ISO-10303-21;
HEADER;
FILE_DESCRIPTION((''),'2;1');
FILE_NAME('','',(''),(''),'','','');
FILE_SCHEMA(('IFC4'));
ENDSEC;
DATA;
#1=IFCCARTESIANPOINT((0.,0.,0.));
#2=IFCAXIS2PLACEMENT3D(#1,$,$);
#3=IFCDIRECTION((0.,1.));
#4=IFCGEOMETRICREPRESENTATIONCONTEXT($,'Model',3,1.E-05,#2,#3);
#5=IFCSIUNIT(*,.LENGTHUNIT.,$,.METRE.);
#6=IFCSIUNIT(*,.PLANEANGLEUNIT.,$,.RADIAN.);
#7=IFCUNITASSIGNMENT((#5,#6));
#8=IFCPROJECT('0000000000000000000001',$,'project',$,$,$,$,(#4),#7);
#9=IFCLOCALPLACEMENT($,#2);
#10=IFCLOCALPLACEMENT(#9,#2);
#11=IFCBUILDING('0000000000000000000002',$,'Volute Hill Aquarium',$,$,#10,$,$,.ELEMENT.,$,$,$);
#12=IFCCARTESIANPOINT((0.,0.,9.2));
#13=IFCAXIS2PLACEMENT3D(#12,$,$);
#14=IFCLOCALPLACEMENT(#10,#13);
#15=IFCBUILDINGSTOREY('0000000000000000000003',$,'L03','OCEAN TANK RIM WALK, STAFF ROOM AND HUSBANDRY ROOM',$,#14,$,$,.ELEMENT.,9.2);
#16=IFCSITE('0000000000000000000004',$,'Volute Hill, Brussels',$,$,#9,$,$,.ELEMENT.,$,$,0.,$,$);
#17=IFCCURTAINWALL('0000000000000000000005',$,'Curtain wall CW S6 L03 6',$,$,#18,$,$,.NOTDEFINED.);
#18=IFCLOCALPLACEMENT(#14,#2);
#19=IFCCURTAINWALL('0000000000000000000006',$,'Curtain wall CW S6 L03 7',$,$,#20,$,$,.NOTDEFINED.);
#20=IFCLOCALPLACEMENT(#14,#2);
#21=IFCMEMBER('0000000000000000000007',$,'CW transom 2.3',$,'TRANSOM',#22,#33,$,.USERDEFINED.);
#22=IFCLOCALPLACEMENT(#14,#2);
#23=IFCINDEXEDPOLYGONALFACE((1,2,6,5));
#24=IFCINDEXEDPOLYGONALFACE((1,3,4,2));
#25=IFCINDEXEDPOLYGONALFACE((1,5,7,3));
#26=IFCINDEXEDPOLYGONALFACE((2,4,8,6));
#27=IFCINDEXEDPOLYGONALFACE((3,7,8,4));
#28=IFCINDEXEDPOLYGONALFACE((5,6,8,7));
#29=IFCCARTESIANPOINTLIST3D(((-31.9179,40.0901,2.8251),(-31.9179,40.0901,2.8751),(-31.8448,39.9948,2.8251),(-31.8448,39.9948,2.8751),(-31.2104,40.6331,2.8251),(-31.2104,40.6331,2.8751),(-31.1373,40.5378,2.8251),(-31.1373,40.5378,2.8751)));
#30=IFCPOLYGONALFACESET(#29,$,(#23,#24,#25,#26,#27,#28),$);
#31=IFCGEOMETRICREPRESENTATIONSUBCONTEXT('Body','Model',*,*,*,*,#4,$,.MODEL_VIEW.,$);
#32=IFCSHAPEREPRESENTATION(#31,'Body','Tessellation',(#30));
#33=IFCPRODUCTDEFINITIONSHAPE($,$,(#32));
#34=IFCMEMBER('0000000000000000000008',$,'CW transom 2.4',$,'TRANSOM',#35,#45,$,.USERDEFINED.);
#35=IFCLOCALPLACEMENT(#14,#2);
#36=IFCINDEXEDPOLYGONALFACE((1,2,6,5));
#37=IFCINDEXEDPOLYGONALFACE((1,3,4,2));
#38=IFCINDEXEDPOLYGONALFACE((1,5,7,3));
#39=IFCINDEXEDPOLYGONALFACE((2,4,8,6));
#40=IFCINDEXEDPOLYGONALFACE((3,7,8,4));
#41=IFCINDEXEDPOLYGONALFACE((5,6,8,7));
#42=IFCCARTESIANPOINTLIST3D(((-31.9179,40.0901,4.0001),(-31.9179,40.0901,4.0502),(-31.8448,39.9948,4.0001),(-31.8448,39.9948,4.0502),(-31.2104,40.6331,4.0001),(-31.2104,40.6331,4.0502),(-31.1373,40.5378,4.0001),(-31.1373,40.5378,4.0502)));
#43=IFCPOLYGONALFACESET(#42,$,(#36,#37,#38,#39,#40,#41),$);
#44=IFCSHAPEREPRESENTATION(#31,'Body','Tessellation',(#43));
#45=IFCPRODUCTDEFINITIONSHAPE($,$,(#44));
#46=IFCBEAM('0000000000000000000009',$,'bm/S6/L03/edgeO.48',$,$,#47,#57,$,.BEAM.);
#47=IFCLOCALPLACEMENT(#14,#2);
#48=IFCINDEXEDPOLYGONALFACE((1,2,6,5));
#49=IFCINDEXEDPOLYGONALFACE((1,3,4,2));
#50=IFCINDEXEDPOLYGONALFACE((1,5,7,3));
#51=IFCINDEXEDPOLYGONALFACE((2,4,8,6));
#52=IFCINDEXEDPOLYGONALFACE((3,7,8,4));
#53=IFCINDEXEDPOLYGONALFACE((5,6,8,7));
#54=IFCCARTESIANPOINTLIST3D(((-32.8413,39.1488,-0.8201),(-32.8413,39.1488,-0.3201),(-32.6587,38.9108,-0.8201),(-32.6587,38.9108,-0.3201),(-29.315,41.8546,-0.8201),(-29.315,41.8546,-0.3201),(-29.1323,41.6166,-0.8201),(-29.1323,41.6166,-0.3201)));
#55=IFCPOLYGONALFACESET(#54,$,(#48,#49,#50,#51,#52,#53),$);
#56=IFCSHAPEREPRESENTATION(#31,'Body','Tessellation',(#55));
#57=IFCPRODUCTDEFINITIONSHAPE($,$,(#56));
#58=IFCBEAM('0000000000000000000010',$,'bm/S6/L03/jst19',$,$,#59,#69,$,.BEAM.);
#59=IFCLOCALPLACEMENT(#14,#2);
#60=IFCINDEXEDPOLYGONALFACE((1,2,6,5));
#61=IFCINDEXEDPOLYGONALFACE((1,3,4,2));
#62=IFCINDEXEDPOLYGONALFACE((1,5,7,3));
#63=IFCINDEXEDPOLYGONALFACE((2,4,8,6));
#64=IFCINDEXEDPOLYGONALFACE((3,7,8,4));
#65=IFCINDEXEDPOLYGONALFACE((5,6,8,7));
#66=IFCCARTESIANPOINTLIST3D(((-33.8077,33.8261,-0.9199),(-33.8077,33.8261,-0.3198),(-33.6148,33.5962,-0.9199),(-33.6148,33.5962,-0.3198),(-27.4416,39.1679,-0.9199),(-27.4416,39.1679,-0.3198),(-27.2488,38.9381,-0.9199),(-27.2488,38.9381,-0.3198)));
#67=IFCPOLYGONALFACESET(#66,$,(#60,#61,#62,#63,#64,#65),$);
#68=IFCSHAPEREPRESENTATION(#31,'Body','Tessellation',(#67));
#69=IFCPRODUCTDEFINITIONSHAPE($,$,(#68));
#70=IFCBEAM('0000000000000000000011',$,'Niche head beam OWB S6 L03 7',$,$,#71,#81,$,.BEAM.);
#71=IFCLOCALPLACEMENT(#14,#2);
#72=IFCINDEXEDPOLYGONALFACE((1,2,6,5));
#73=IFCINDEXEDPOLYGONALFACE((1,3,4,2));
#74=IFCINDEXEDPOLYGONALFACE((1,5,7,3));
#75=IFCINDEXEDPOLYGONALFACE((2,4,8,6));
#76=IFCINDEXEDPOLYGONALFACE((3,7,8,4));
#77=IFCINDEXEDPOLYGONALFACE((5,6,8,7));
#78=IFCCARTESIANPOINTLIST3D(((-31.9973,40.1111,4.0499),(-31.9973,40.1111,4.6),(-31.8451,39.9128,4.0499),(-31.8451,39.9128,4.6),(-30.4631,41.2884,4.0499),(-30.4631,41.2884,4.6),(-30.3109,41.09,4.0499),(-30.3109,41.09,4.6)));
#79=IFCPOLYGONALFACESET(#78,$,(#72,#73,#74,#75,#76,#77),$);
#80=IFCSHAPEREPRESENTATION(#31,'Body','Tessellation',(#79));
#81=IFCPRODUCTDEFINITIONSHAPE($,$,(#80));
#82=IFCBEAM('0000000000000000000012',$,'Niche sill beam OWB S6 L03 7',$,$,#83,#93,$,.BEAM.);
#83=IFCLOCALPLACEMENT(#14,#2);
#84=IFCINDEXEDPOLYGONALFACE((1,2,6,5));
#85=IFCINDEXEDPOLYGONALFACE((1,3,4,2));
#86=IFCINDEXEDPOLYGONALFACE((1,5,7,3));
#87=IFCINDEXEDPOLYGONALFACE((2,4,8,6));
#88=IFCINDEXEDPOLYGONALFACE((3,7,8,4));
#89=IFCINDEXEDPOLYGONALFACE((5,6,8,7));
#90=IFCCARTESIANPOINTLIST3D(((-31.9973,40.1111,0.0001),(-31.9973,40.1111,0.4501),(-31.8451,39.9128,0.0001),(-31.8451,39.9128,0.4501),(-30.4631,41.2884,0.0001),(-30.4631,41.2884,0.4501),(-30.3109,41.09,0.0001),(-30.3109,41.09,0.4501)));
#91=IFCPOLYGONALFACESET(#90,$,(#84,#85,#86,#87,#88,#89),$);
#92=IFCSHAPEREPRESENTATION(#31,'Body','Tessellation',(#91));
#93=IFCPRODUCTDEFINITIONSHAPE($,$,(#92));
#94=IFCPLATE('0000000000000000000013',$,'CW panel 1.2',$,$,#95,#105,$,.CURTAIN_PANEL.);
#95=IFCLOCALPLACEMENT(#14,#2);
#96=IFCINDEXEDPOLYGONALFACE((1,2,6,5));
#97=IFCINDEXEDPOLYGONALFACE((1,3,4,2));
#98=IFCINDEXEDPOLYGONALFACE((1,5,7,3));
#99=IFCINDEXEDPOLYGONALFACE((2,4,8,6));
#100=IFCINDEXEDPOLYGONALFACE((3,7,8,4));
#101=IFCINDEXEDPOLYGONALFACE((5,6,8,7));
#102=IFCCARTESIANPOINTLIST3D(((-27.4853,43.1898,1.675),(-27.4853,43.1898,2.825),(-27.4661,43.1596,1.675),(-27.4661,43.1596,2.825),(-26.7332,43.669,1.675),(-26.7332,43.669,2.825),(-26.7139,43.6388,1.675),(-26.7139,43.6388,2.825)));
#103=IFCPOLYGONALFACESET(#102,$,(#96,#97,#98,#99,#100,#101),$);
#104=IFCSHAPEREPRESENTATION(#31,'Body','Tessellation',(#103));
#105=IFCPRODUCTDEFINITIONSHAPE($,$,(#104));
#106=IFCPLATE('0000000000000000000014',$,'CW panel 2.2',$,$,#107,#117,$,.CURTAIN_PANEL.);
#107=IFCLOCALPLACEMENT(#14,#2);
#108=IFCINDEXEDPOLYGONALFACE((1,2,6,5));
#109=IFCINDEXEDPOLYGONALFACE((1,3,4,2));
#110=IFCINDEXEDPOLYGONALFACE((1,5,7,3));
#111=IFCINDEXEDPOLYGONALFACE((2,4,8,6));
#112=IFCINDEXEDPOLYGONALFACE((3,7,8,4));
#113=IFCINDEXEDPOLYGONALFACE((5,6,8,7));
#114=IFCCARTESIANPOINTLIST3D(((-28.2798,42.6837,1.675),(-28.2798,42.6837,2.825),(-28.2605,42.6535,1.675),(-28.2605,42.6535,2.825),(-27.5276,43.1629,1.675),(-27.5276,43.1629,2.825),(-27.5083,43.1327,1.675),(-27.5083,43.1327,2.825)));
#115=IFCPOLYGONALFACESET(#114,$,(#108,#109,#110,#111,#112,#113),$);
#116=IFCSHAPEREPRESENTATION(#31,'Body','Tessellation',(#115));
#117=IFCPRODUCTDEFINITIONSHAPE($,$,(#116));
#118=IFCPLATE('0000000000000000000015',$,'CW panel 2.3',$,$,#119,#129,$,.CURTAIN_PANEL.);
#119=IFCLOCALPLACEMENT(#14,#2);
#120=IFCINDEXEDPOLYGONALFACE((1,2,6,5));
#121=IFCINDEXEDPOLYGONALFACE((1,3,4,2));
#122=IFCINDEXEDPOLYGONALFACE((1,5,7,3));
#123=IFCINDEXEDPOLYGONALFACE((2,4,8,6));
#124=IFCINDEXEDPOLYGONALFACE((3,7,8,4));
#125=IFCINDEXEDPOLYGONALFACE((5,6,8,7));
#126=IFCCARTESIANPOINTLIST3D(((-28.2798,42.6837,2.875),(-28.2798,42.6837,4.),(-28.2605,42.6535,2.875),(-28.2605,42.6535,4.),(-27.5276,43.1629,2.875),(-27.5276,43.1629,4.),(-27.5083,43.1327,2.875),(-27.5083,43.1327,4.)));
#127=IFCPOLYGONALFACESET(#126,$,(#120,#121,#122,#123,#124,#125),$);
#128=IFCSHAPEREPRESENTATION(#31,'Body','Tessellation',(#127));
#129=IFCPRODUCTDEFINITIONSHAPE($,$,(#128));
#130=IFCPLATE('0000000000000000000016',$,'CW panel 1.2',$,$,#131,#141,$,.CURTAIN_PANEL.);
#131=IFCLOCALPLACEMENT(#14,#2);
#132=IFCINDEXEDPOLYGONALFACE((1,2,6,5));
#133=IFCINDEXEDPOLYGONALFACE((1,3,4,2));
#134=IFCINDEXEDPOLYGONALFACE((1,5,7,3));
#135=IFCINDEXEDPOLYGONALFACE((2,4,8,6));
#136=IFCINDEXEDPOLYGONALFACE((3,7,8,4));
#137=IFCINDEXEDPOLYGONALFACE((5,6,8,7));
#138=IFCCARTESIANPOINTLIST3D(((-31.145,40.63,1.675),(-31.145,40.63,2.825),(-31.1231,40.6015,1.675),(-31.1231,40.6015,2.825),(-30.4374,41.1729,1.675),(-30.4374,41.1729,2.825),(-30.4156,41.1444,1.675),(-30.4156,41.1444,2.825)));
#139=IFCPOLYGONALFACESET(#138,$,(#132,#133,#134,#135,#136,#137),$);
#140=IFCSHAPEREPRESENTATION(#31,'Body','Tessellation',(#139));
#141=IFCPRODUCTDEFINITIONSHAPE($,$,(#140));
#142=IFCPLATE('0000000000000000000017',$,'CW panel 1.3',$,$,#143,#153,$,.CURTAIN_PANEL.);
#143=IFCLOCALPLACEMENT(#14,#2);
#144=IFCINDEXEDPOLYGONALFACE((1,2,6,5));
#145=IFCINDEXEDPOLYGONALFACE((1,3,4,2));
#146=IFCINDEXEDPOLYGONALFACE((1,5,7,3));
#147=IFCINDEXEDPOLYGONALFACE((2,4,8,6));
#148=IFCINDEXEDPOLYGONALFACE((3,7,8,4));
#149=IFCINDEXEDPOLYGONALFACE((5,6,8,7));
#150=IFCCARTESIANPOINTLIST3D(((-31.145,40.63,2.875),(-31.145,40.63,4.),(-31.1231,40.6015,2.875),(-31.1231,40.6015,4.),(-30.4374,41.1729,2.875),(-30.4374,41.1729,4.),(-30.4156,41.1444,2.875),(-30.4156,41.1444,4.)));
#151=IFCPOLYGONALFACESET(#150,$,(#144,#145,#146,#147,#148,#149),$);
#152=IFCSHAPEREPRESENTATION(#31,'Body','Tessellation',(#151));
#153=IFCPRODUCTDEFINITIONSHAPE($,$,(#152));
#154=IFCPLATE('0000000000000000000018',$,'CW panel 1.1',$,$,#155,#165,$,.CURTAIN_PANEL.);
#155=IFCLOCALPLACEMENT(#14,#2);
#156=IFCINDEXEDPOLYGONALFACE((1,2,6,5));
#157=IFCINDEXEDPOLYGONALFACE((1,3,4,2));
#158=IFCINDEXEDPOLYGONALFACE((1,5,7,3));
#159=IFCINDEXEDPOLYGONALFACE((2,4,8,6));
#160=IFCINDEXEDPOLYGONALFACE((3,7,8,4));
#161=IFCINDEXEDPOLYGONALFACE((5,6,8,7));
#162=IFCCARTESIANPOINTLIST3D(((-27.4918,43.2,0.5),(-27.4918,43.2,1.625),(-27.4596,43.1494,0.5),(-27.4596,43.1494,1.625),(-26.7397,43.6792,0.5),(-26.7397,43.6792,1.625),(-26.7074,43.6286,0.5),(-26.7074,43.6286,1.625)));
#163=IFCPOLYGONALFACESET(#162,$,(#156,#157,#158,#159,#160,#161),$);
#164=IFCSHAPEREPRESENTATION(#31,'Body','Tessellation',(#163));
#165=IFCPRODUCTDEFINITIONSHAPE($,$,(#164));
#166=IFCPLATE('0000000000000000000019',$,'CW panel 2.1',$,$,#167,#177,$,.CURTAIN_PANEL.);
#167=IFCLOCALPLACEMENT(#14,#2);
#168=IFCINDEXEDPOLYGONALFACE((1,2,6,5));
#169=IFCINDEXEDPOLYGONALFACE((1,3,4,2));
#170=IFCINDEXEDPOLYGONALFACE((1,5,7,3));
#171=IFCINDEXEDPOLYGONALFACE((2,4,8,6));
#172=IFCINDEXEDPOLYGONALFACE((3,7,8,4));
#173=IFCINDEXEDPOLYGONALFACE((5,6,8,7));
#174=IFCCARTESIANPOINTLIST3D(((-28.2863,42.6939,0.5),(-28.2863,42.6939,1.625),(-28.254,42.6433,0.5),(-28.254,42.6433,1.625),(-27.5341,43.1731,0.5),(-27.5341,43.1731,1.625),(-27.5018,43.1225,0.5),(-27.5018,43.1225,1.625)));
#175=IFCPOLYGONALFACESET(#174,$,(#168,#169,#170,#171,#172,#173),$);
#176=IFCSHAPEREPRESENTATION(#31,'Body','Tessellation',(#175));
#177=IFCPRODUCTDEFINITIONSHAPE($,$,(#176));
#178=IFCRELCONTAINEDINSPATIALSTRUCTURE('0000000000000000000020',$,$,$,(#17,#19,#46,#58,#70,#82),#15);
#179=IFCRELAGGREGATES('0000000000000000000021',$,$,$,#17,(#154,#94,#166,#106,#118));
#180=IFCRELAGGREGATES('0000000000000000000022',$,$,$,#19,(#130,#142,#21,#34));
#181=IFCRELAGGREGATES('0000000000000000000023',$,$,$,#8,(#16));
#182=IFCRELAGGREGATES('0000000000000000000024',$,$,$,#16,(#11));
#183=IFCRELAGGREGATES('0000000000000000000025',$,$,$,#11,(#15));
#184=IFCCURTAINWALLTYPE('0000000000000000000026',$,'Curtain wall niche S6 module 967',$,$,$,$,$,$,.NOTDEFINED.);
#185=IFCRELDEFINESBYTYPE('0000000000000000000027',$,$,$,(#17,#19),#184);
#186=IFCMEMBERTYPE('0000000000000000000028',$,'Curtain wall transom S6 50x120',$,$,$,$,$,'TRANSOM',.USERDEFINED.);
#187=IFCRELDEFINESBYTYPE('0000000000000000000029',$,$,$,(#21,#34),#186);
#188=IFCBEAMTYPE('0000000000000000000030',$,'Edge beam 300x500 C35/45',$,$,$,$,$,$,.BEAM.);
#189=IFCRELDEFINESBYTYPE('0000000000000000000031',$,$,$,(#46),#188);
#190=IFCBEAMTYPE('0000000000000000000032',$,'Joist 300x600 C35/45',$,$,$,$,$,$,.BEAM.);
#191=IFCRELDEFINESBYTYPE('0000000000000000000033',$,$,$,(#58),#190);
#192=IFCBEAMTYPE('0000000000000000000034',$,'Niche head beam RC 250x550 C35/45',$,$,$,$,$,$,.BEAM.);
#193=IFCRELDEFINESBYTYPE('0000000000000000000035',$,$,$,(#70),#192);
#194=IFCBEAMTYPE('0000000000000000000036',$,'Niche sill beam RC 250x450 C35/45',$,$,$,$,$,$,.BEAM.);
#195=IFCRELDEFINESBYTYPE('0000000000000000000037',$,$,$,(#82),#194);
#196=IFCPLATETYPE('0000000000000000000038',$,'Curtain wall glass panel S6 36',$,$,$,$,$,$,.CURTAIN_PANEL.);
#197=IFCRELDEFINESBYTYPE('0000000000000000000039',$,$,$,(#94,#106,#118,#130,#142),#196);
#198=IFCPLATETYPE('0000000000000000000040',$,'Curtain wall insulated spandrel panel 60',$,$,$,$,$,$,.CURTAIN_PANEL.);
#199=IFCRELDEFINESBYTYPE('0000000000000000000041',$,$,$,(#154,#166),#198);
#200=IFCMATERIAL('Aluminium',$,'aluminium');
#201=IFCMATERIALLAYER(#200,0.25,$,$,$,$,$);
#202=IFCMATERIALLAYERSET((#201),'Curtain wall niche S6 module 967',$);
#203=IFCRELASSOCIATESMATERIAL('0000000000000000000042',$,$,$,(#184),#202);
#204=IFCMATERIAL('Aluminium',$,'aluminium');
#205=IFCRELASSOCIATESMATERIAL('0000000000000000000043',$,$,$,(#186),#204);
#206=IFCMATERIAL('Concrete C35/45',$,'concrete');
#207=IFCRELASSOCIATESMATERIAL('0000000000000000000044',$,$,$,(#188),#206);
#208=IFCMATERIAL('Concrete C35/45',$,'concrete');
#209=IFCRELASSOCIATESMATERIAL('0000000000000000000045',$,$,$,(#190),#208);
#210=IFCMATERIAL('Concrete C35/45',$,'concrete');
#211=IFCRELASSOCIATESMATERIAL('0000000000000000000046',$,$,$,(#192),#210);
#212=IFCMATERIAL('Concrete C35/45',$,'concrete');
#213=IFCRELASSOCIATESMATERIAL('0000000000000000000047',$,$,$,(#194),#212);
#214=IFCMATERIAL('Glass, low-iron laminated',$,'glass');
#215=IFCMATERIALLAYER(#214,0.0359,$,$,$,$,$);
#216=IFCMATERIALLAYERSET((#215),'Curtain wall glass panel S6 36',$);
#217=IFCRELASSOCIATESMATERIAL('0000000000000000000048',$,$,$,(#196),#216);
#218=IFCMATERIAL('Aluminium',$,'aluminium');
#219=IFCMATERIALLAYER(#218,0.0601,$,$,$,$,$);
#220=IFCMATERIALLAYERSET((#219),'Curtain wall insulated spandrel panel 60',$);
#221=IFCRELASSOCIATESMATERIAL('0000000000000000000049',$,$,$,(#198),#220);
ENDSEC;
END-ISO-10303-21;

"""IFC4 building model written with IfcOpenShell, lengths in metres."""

from ifc_helpers import new_model, si_unit, direction, frame, origin, origin_2d, place, context, subcontext, project, spatial, rectangle, extrude, material, layer, layer_set, material_profile, profile_set, type_object, element, aggregate, save


model = new_model("IFC4")

# Units and contexts
model_context = context("Model", 3, precision=1e-05, world=origin(), true_north=direction((0.0, 1.0)))
body_context = subcontext(model_context, "Body", "Model", "MODEL_VIEW")
ifc_project = project(units=[si_unit("LENGTHUNIT", "METRE"), si_unit("PLANEANGLEUNIT", "RADIAN")], contexts=[model_context])

# Site, building, storey
site_placement = place(None, origin())
site = spatial("IfcSite", under=ifc_project, at=site_placement, Name="Volute Hill, Brussels", CompositionType="ELEMENT", RefElevation=0.0)
building_placement = place(site_placement, origin())
building = spatial("IfcBuilding", under=site, at=building_placement, Name="Volute Hill Aquarium", CompositionType="ELEMENT")
storey_placement = place(building_placement, frame((0.0, 0.0, 9.2)))
storey = spatial("IfcBuildingStorey", under=building, at=storey_placement, Name="L03", Description="OCEAN TANK RIM WALK, STAFF ROOM AND HUSBANDRY ROOM", CompositionType="ELEMENT", Elevation=9.2)

# Curtain walls
ifc_material_1 = material(Name="Aluminium", Category="aluminium")
ifc_layer_1 = layer(ifc_material_1, 0.25)
ifc_layer_set_1 = layer_set([ifc_layer_1], Name="Curtain wall niche S6 module 967")
curtain_wall_type = type_object("IfcCurtainWallType", Name="Curtain wall niche S6 module 967", PredefinedType="NOTDEFINED", material=ifc_layer_set_1)
curtain_wall_1_placement = place(storey_placement, origin())
curtain_wall_1 = element("IfcCurtainWall", 1, at=curtain_wall_1_placement, inside=storey, type_object=curtain_wall_type, Name="Curtain wall CW S6 L03 6", PredefinedType="NOTDEFINED")
curtain_wall_2_placement = place(storey_placement, origin())
curtain_wall_2 = element("IfcCurtainWall", 2, at=curtain_wall_2_placement, inside=storey, type_object=curtain_wall_type, Name="Curtain wall CW S6 L03 7", PredefinedType="NOTDEFINED")

# Members
ifc_material_2 = material(Name="Aluminium", Category="aluminium")
ifc_material_profile_1 = material_profile(ifc_material_2, rectangle(XDim=0.1201, YDim=0.05, at=origin_2d()), Name="Curtain wall transom S6 50x120")
ifc_profile_set_1 = profile_set([ifc_material_profile_1], Name="Aluminium")
member_type_1 = type_object("IfcMemberType", Name="Curtain wall transom S6 50x120", ElementType="TRANSOM", PredefinedType="USERDEFINED", material=ifc_profile_set_1)
member_1_placement = place(storey_placement, frame((-31.1738, 40.5854, 2.8501), z_axis=(-0.793315, -0.608811, 0.0), x_axis=(0.608811, -0.793315, 0.0)))
member_1 = element("IfcMember", 3, at=member_1_placement, type_object=member_type_1, Name="CW transom 2.3", ObjectType="TRANSOM", PredefinedType="USERDEFINED", context=body_context, shape_type="SweptSolid", body=[
    extrude(rectangle(XDim=0.1201, YDim=0.05, at=origin_2d()), origin(), (0.0, 0.0, 1.0), 0.8918),
])
member_2_placement = place(storey_placement, frame((-31.1738, 40.5854, 4.0251), z_axis=(-0.793315, -0.608811, 0.0), x_axis=(0.608811, -0.793315, 0.0)))
member_2 = element("IfcMember", 4, at=member_2_placement, type_object=member_type_1, Name="CW transom 2.4", ObjectType="TRANSOM", PredefinedType="USERDEFINED", context=body_context, shape_type="SweptSolid", body=[
    extrude(rectangle(XDim=0.1201, YDim=0.05, at=origin_2d()), origin(), (0.0, 0.0, 1.0), 0.8918),
])

# Beams
ifc_material_3 = material(Name="Concrete C35/45", Category="concrete")
ifc_material_profile_2 = material_profile(ifc_material_3, rectangle(XDim=0.3, YDim=0.5, at=origin_2d()), Name="RC edge beam 300x500")
ifc_profile_set_2 = profile_set([ifc_material_profile_2], Name="Concrete C35/45")
beam_type_1 = type_object("IfcBeamType", Name="Edge beam 300x500 C35/45", PredefinedType="BEAM", material=ifc_profile_set_2)
beam_1_placement = place(storey_placement, frame((-29.2236, 41.7356, -0.5701), z_axis=(-0.793361, -0.608752, 0.0), x_axis=(0.608752, -0.793361, 0.0)))
element("IfcBeam", 5, at=beam_1_placement, inside=storey, type_object=beam_type_1, Name="bm/S6/L03/edgeO.48", PredefinedType="BEAM", context=body_context, shape_type="SweptSolid", body=[
    extrude(rectangle(XDim=0.3, YDim=0.5, at=origin_2d()), origin(), (0.0, 0.0, 1.0), 4.4448),
])
ifc_material_4 = material(Name="Concrete C35/45", Category="concrete")
ifc_material_profile_3 = material_profile(ifc_material_4, rectangle(XDim=0.3, YDim=0.6001, at=origin_2d()), Name="RC joist 300x600")
ifc_profile_set_3 = profile_set([ifc_material_profile_3], Name="Concrete C35/45")
beam_type_2 = type_object("IfcBeamType", Name="Joist 300x600 C35/45", PredefinedType="BEAM", material=ifc_profile_set_3)
beam_2_placement = place(storey_placement, frame((-27.3452, 39.053, -0.6199), z_axis=(-0.766038, -0.642796, 0.0), x_axis=(0.642796, -0.766038, 0.0)))
element("IfcBeam", 6, at=beam_2_placement, inside=storey, type_object=beam_type_2, Name="bm/S6/L03/jst19", PredefinedType="BEAM", context=body_context, shape_type="SweptSolid", body=[
    extrude(rectangle(XDim=0.3, YDim=0.6001, at=origin_2d()), origin(), (0.0, 0.0, 1.0), 8.3103),
])
ifc_material_5 = material(Name="Concrete C35/45", Category="concrete")
ifc_material_profile_4 = material_profile(ifc_material_5, rectangle(XDim=0.25, YDim=0.55, at=origin_2d()), Name="RC beam 250x550")
ifc_profile_set_4 = profile_set([ifc_material_profile_4], Name="Concrete C35/45")
beam_type_3 = type_object("IfcBeamType", Name="Niche head beam RC 250x550 C35/45", PredefinedType="BEAM", material=ifc_profile_set_4)
beam_3_placement = place(storey_placement, frame((-30.387, 41.1892, 4.325), z_axis=(-0.793346, -0.608771, 0.0), x_axis=(0.608771, -0.793346, 0.0)))
element("IfcBeam", 7, at=beam_3_placement, inside=storey, type_object=beam_type_3, Name="Niche head beam OWB S6 L03 7", PredefinedType="BEAM", context=body_context, shape_type="SweptSolid", body=[
    extrude(rectangle(XDim=0.25, YDim=0.55, at=origin_2d()), origin(), (0.0, 0.0, 1.0), 1.9338),
])
ifc_material_6 = material(Name="Concrete C35/45", Category="concrete")
ifc_material_profile_5 = material_profile(ifc_material_6, rectangle(XDim=0.25, YDim=0.45, at=origin_2d()), Name="RC beam 250x450")
ifc_profile_set_5 = profile_set([ifc_material_profile_5], Name="Concrete C35/45")
beam_type_4 = type_object("IfcBeamType", Name="Niche sill beam RC 250x450 C35/45", PredefinedType="BEAM", material=ifc_profile_set_5)
beam_4_placement = place(storey_placement, frame((-30.387, 41.1892, 0.2251), z_axis=(-0.793346, -0.608771, 0.0), x_axis=(0.608771, -0.793346, 0.0)))
element("IfcBeam", 8, at=beam_4_placement, inside=storey, type_object=beam_type_4, Name="Niche sill beam OWB S6 L03 7", PredefinedType="BEAM", context=body_context, shape_type="SweptSolid", body=[
    extrude(rectangle(XDim=0.25, YDim=0.45, at=origin_2d()), origin(), (0.0, 0.0, 1.0), 1.9338),
])

# Plates
ifc_material_7 = material(Name="Glass, low-iron laminated", Category="glass")
ifc_layer_2 = layer(ifc_material_7, 0.0359)
ifc_layer_set_2 = layer_set([ifc_layer_2], Name="Curtain wall glass panel S6 36")
plate_type_1 = type_object("IfcPlateType", Name="Curtain wall glass panel S6 36", PredefinedType="CURTAIN_PANEL", material=ifc_layer_set_2)
plate_1_placement = place(storey_placement, frame((-27.0996, 43.4143, 1.675), z_axis=(0.0, 0.0, 1.0), x_axis=(-0.843395, -0.537295, 0.0)))
plate_1 = element("IfcPlate", 9, at=plate_1_placement, type_object=plate_type_1, Name="CW panel 1.2", PredefinedType="CURTAIN_PANEL", context=body_context, shape_type="SweptSolid", body=[
    extrude(rectangle(XDim=0.8918, YDim=0.0359, at=origin_2d()), origin(), (0.0, 0.0, 1.0), 1.1499),
])
plate_2_placement = place(storey_placement, frame((-27.894, 42.9082, 1.675), z_axis=(0.0, 0.0, 1.0), x_axis=(-0.843395, -0.537295, 0.0)))
plate_2 = element("IfcPlate", 10, at=plate_2_placement, type_object=plate_type_1, Name="CW panel 2.2", PredefinedType="CURTAIN_PANEL", context=body_context, shape_type="SweptSolid", body=[
    extrude(rectangle(XDim=0.8918, YDim=0.0359, at=origin_2d()), origin(), (0.0, 0.0, 1.0), 1.1499),
])
plate_3_placement = place(storey_placement, frame((-27.894, 42.9082, 2.875), z_axis=(0.0, 0.0, 1.0), x_axis=(-0.843395, -0.537295, 0.0)))
plate_3 = element("IfcPlate", 11, at=plate_3_placement, type_object=plate_type_1, Name="CW panel 2.3", PredefinedType="CURTAIN_PANEL", context=body_context, shape_type="SweptSolid", body=[
    extrude(rectangle(XDim=0.8918, YDim=0.0359, at=origin_2d()), origin(), (0.0, 0.0, 1.0), 1.125),
])
plate_4_placement = place(storey_placement, frame((-30.7803, 40.8872, 1.675), z_axis=(0.0, 0.0, 1.0), x_axis=(-0.793348, -0.608769, 0.0)))
plate_4 = element("IfcPlate", 12, at=plate_4_placement, type_object=plate_type_1, Name="CW panel 1.2", PredefinedType="CURTAIN_PANEL", context=body_context, shape_type="SweptSolid", body=[
    extrude(rectangle(XDim=0.8918, YDim=0.0359, at=origin_2d()), origin(), (0.0, 0.0, 1.0), 1.1499),
])
plate_5_placement = place(storey_placement, frame((-30.7803, 40.8872, 2.875), z_axis=(0.0, 0.0, 1.0), x_axis=(-0.793348, -0.608769, 0.0)))
plate_5 = element("IfcPlate", 13, at=plate_5_placement, type_object=plate_type_1, Name="CW panel 1.3", PredefinedType="CURTAIN_PANEL", context=body_context, shape_type="SweptSolid", body=[
    extrude(rectangle(XDim=0.8918, YDim=0.0359, at=origin_2d()), origin(), (0.0, 0.0, 1.0), 1.125),
])
ifc_material_8 = material(Name="Aluminium", Category="aluminium")
ifc_layer_3 = layer(ifc_material_8, 0.0601)
ifc_layer_set_3 = layer_set([ifc_layer_3], Name="Curtain wall insulated spandrel panel 60")
plate_type_2 = type_object("IfcPlateType", Name="Curtain wall insulated spandrel panel 60", PredefinedType="CURTAIN_PANEL", material=ifc_layer_set_3)
plate_6_placement = place(storey_placement, frame((-27.0996, 43.4143, 0.5), z_axis=(0.0, 0.0, 1.0), x_axis=(-0.843395, -0.537295, 0.0)))
plate_6 = element("IfcPlate", 14, at=plate_6_placement, type_object=plate_type_2, Name="CW panel 1.1", PredefinedType="CURTAIN_PANEL", context=body_context, shape_type="SweptSolid", body=[
    extrude(rectangle(XDim=0.8918, YDim=0.0601, at=origin_2d()), origin(), (0.0, 0.0, 1.0), 1.125),
])
plate_7_placement = place(storey_placement, frame((-27.894, 42.9082, 0.5), z_axis=(0.0, 0.0, 1.0), x_axis=(-0.843395, -0.537295, 0.0)))
plate_7 = element("IfcPlate", 15, at=plate_7_placement, type_object=plate_type_2, Name="CW panel 2.1", PredefinedType="CURTAIN_PANEL", context=body_context, shape_type="SweptSolid", body=[
    extrude(rectangle(XDim=0.8918, YDim=0.0601, at=origin_2d()), origin(), (0.0, 0.0, 1.0), 1.125),
])
aggregate(curtain_wall_1, [plate_6, plate_1, plate_7, plate_2, plate_3])
aggregate(curtain_wall_2, [plate_4, plate_5, member_1, member_2])

save(model, "model.ifc")
